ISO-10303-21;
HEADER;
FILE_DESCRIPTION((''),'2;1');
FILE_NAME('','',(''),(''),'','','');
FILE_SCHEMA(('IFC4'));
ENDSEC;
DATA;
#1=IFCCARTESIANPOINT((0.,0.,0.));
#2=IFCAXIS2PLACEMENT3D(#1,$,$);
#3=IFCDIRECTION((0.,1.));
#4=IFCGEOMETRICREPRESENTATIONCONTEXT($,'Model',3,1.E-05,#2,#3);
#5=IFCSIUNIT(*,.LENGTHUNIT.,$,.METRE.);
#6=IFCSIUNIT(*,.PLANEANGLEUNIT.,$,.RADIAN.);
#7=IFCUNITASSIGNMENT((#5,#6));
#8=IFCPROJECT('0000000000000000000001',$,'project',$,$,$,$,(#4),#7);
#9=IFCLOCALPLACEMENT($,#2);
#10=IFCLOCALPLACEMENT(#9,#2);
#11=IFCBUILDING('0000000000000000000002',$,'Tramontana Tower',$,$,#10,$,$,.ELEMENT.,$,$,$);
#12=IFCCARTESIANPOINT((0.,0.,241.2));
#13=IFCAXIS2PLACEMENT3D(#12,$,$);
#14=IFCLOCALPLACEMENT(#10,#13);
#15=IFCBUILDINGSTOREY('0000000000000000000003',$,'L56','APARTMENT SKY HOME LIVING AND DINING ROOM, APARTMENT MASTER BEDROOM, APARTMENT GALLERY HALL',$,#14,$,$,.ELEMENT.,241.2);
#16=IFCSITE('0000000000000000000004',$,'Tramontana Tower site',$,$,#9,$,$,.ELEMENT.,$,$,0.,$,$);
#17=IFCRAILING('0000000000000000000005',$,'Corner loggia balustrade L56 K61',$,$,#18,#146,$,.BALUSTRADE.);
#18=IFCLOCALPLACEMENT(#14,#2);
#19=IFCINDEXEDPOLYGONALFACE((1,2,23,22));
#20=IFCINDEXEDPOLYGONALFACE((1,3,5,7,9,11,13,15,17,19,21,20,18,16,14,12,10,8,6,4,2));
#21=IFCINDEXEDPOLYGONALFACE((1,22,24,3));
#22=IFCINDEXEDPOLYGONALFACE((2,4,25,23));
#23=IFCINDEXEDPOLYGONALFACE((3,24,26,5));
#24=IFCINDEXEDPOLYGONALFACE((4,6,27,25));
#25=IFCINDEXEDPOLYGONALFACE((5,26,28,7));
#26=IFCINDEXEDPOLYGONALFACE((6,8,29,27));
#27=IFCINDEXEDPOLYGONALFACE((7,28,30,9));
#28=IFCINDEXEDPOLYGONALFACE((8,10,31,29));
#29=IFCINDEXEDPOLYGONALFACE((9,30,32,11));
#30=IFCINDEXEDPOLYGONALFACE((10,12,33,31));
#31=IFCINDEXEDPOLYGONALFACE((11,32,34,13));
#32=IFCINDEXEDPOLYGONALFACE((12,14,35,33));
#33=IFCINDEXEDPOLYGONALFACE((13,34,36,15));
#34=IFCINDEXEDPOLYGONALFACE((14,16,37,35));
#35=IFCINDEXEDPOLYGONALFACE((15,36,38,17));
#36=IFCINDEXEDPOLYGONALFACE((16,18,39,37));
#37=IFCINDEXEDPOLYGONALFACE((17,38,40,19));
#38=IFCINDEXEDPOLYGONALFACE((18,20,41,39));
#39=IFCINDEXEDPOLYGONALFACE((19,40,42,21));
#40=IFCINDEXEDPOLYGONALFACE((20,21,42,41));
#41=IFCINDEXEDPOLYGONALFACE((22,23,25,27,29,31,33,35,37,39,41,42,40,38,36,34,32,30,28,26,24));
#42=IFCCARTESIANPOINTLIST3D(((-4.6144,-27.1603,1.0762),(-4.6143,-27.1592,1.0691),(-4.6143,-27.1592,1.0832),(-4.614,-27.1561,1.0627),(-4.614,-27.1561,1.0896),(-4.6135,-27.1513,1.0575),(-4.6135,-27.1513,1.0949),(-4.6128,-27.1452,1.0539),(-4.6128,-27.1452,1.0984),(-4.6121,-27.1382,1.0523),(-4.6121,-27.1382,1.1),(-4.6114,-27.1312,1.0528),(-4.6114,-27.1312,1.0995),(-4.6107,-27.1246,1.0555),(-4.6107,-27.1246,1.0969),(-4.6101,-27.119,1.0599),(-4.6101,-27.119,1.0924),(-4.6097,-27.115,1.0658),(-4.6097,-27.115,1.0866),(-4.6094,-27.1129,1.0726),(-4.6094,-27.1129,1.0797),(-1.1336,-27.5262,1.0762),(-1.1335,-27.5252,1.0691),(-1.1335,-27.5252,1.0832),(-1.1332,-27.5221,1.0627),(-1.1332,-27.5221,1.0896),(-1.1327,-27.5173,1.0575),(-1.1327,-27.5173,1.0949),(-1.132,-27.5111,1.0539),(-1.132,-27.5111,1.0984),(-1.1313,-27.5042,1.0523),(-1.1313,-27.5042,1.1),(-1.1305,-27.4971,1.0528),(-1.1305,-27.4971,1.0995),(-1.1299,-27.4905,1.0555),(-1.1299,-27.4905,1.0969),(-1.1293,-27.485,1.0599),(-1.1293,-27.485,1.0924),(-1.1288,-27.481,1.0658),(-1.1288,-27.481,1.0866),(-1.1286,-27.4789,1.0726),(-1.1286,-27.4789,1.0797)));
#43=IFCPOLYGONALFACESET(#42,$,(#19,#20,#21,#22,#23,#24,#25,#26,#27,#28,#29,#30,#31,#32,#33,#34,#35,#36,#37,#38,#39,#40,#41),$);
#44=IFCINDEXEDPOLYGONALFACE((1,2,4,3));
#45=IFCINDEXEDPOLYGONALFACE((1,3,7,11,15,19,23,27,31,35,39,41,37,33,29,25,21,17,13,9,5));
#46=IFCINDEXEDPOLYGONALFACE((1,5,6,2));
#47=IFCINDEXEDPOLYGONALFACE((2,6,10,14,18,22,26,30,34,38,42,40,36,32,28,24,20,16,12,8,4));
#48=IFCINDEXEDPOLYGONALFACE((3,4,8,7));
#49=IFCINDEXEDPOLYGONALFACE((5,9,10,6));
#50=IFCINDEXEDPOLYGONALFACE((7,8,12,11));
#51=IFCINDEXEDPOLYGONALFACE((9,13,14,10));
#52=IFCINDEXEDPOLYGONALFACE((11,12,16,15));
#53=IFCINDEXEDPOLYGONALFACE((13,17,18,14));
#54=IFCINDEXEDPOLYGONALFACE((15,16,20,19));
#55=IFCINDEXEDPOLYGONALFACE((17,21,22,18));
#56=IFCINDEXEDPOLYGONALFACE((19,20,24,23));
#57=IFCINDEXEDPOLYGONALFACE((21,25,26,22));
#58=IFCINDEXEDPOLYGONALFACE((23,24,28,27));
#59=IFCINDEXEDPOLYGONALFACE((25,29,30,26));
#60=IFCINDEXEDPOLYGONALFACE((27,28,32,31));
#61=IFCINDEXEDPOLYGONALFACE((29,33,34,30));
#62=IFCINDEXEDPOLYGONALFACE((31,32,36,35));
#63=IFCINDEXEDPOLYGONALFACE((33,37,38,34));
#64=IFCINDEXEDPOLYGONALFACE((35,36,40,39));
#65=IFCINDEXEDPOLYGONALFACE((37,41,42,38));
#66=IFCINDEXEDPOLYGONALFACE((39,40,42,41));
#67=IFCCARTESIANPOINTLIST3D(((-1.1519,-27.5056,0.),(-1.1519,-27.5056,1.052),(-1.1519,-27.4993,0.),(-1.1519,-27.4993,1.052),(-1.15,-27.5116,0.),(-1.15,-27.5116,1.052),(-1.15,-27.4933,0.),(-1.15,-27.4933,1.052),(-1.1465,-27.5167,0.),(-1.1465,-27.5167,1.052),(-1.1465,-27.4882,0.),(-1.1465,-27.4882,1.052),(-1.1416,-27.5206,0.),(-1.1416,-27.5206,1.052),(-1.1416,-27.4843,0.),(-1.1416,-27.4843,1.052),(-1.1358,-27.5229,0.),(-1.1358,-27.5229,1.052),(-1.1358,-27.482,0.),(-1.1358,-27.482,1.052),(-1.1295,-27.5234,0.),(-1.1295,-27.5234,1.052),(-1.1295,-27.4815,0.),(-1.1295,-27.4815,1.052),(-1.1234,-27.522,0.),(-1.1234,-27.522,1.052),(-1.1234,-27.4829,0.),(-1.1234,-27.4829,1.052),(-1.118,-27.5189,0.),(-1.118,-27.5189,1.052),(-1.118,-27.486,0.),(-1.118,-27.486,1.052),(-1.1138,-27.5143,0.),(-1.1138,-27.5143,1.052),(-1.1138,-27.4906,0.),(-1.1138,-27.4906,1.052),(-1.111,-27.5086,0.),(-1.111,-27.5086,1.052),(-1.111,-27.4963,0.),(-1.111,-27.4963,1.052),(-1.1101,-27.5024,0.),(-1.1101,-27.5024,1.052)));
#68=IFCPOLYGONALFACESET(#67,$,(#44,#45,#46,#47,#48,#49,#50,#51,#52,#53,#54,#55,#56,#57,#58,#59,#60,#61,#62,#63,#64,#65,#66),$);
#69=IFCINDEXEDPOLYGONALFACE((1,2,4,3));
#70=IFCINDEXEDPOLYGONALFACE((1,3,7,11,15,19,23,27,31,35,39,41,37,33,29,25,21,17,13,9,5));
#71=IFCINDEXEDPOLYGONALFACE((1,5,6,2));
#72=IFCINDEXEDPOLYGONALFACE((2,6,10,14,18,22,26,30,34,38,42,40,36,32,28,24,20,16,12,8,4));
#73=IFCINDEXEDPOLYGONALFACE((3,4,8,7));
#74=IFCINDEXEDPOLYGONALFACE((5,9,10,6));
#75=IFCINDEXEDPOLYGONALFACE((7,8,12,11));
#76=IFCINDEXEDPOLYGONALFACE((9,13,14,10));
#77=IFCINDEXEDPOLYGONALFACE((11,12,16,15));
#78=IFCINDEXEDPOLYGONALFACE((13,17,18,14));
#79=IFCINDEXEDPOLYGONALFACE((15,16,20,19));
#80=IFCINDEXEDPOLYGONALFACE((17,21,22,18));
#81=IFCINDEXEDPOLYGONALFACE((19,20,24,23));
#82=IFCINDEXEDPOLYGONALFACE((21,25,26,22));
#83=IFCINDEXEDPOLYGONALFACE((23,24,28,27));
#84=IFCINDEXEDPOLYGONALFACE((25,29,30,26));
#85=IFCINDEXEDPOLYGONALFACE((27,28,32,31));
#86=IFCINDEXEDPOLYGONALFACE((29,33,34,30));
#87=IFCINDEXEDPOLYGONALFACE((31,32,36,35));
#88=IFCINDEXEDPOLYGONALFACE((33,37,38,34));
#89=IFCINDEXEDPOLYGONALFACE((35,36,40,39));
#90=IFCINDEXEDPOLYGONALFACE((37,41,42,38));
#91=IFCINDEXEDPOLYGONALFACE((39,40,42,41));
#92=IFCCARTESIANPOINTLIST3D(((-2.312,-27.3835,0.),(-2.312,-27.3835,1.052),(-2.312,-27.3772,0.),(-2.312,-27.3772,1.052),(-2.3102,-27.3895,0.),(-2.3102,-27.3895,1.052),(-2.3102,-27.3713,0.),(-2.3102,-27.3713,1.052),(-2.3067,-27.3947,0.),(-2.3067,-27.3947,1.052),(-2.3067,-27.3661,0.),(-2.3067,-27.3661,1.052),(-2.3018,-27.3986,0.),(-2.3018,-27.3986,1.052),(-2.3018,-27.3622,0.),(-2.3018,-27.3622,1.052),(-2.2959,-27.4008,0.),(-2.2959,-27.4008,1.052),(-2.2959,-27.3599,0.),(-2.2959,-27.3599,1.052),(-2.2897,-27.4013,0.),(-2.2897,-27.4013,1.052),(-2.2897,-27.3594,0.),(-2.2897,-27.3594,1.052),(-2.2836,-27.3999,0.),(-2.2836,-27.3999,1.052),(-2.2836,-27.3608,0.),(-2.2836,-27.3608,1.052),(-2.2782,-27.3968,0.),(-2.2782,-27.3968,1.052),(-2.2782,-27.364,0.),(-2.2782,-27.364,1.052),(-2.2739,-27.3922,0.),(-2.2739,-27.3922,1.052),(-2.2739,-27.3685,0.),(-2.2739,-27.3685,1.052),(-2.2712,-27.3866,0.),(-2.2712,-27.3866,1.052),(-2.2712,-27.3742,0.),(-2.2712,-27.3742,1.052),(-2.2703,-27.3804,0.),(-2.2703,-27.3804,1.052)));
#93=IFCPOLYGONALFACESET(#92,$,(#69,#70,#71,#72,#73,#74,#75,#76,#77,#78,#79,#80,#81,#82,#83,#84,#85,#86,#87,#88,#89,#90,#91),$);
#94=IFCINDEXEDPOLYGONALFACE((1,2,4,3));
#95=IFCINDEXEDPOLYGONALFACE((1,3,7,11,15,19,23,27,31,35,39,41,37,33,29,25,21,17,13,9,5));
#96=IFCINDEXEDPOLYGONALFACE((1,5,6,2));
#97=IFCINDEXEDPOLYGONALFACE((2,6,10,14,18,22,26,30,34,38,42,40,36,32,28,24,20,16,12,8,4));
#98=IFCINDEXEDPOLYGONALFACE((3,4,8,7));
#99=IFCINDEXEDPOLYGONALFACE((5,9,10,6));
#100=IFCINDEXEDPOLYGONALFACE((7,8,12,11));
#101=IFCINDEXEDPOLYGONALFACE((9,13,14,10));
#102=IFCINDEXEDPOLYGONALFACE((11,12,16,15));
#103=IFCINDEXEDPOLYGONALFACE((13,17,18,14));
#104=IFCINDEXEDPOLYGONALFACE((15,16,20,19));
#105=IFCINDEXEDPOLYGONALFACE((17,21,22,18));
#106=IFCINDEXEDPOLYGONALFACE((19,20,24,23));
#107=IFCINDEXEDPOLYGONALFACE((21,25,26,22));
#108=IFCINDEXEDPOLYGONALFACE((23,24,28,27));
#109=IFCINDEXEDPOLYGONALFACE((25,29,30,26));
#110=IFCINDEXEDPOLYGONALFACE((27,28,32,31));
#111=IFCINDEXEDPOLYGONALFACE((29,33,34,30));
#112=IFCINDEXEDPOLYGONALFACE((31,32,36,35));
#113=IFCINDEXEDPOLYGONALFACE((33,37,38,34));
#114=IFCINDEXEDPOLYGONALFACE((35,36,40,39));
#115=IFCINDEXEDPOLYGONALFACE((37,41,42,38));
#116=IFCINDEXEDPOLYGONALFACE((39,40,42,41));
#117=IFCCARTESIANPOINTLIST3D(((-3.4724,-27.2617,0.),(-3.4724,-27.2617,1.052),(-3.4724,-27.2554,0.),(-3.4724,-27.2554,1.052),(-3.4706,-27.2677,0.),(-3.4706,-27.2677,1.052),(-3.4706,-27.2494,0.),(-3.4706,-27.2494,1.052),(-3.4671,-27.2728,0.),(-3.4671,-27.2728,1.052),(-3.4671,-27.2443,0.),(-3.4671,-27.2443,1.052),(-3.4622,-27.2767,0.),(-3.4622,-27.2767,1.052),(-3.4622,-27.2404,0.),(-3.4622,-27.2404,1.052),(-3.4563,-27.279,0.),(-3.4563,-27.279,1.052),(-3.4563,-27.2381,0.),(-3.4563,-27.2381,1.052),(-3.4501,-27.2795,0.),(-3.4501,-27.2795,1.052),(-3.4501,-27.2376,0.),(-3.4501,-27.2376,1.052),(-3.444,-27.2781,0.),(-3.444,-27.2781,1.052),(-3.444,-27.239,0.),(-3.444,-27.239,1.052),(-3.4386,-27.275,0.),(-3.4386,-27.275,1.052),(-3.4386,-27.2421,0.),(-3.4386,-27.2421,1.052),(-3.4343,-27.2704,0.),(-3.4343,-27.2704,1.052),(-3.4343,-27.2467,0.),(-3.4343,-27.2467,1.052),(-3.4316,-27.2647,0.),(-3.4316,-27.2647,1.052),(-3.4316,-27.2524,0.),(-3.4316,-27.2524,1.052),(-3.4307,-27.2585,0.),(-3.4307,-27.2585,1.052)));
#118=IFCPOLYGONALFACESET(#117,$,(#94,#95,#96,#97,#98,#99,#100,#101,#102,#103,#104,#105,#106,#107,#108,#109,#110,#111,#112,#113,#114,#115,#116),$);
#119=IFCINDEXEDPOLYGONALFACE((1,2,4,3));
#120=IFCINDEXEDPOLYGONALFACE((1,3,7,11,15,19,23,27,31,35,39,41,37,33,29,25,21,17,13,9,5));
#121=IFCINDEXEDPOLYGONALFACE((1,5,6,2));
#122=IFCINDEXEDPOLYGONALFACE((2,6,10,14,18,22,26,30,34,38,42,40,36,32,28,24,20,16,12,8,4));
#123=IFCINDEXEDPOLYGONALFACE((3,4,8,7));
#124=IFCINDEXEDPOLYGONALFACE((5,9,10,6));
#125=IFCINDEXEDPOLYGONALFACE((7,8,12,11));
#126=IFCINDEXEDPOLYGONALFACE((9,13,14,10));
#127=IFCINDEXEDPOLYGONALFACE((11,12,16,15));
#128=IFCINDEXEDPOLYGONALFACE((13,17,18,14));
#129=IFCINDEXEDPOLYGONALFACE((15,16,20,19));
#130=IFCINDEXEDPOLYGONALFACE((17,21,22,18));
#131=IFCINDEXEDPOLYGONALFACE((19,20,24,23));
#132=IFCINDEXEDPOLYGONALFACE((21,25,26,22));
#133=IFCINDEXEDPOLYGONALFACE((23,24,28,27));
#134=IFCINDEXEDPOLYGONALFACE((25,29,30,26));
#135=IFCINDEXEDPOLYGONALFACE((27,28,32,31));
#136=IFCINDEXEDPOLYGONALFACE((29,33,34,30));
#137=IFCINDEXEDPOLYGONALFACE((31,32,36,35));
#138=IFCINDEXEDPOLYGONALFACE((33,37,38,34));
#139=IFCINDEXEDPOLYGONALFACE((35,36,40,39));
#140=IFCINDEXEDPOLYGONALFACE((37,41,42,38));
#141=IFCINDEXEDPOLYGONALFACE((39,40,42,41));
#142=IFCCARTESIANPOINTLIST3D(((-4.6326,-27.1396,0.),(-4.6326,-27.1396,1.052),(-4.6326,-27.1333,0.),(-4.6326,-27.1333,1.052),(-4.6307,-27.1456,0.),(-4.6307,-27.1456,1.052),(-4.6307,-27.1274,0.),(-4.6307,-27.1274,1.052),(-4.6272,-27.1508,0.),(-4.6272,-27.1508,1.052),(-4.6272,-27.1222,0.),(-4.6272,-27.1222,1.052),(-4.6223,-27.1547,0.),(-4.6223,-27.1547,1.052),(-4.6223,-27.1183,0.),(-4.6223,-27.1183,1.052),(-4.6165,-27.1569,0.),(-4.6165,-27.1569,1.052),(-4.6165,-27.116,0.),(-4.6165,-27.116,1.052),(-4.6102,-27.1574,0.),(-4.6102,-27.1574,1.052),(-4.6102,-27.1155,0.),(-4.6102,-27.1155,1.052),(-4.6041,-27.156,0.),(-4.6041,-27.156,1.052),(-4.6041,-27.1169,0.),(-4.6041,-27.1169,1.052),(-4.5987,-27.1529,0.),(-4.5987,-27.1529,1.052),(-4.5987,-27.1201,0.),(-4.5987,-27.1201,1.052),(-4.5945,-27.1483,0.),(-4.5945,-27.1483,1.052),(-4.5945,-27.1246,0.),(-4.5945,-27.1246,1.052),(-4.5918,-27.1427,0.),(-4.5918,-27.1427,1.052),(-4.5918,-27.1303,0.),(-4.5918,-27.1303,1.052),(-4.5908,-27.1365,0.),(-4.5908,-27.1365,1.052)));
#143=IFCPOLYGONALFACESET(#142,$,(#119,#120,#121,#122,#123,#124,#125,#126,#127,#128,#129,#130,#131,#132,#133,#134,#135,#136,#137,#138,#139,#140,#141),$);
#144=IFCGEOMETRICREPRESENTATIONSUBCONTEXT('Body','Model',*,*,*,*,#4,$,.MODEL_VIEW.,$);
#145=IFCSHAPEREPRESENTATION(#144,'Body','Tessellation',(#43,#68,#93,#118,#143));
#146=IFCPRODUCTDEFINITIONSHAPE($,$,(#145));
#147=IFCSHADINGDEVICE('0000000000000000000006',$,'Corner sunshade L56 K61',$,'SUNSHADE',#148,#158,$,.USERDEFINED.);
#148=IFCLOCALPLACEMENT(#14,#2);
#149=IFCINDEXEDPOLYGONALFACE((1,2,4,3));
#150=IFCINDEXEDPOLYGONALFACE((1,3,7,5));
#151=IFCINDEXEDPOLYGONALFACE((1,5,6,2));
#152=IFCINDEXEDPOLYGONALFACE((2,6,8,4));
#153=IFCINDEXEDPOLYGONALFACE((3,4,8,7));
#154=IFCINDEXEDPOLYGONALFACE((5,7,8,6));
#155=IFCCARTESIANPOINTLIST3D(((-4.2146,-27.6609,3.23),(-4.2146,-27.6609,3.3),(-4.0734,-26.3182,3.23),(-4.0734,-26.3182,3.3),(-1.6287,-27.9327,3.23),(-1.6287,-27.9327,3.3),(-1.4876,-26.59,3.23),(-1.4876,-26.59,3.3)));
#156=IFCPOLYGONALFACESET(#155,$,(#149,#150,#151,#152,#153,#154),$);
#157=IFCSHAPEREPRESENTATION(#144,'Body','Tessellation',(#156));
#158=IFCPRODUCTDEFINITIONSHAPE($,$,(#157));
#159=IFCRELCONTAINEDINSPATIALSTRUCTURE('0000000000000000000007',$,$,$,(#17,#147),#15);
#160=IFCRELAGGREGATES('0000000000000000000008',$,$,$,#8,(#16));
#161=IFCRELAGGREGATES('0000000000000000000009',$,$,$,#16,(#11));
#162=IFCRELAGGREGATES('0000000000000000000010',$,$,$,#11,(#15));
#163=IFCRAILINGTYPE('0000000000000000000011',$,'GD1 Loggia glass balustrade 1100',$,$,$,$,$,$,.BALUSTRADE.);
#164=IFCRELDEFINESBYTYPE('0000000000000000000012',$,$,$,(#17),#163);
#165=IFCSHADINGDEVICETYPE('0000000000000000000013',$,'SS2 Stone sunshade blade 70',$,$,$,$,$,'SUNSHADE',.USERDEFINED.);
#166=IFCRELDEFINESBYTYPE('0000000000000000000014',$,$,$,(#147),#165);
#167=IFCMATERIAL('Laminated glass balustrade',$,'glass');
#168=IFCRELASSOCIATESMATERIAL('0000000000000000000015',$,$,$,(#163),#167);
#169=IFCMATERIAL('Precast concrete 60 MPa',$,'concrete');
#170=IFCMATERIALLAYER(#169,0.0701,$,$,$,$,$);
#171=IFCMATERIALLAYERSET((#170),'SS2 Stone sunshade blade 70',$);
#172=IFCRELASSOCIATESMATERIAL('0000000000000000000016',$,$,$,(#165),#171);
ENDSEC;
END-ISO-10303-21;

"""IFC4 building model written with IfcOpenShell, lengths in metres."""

from ifc_helpers import new_model, si_unit, direction, frame, origin, origin_2d, place, context, subcontext, project, spatial, rectangle, circle, extrude, material, layer, layer_set, type_object, element, save


model = new_model("IFC4")

# Units and contexts
model_context = context("Model", 3, precision=1e-05, world=origin(), true_north=direction((0.0, 1.0)))
body_context = subcontext(model_context, "Body", "Model", "MODEL_VIEW")
ifc_project = project(units=[si_unit("LENGTHUNIT", "METRE"), si_unit("PLANEANGLEUNIT", "RADIAN")], contexts=[model_context])

# Site, building, storey
site_placement = place(None, origin())
site = spatial("IfcSite", under=ifc_project, at=site_placement, Name="Tramontana Tower site", CompositionType="ELEMENT", RefElevation=0.0)
building_placement = place(site_placement, origin())
building = spatial("IfcBuilding", under=site, at=building_placement, Name="Tramontana Tower", CompositionType="ELEMENT")
storey_placement = place(building_placement, frame((0.0, 0.0, 241.2)))
storey = spatial("IfcBuildingStorey", under=building, at=storey_placement, Name="L56", Description="APARTMENT SKY HOME LIVING AND DINING ROOM, APARTMENT MASTER BEDROOM, APARTMENT GALLERY HALL", CompositionType="ELEMENT", Elevation=241.2)

# Railing
ifc_material_1 = material(Name="Laminated glass balustrade", Category="glass")
railing_type = type_object("IfcRailingType", Name="GD1 Loggia glass balustrade 1100", PredefinedType="BALUSTRADE", material=ifc_material_1)
railing_1_placement = place(storey_placement, frame((-1.1311, -27.5024, 0.0)))
element("IfcRailing", 1, at=railing_1_placement, inside=storey, type_object=railing_type, Name="Corner loggia balustrade L56 K61", PredefinedType="BALUSTRADE", context=body_context, shape_type="SweptSolid", body=[
    extrude(circle(Radius=0.0239, at=origin_2d()), frame((0.0, 0.0, 1.0762), z_axis=(-0.994518, 0.104565, 0.0), x_axis=(-0.104565, -0.994518, 0.0)), (0.0, 0.0, 1.0), 3.5),
    extrude(circle(Radius=0.021, at=origin_2d()), origin(), (0.0, 0.0, 1.0), 1.052),
    extrude(circle(Radius=0.021, at=origin_2d()), frame((-1.1602, 0.1221, 0.0)), (0.0, 0.0, 1.0), 1.052),
    extrude(circle(Radius=0.021, at=origin_2d()), frame((-2.3206, 0.2439, 0.0)), (0.0, 0.0, 1.0), 1.052),
    extrude(circle(Radius=0.021, at=origin_2d()), frame((-3.4807, 0.366, 0.0)), (0.0, 0.0, 1.0), 1.052),
])

# Shading device
ifc_material_2 = material(Name="Precast concrete 60 MPa", Category="concrete")
ifc_layer_1 = layer(ifc_material_2, 0.0701)
ifc_layer_set_1 = layer_set([ifc_layer_1], Name="SS2 Stone sunshade blade 70")
shading_device_type = type_object("IfcShadingDeviceType", Name="SS2 Stone sunshade blade 70", ElementType="SUNSHADE", PredefinedType="USERDEFINED", material=ifc_layer_set_1)
shading_device_placement = place(storey_placement, frame((-2.8511, -27.1255, 3.23), z_axis=(0.0, 0.0, 1.0), x_axis=(-0.994522, 0.104528, 0.0)))
element("IfcShadingDevice", 2, at=shading_device_placement, inside=storey, type_object=shading_device_type, Name="Corner sunshade L56 K61", ObjectType="SUNSHADE", PredefinedType="USERDEFINED", context=body_context, shape_type="SweptSolid", body=[
    extrude(rectangle(XDim=2.6001, YDim=1.3501, at=origin_2d()), origin(), (0.0, 0.0, 1.0), 0.0701),
])

save(model, "model.ifc")
